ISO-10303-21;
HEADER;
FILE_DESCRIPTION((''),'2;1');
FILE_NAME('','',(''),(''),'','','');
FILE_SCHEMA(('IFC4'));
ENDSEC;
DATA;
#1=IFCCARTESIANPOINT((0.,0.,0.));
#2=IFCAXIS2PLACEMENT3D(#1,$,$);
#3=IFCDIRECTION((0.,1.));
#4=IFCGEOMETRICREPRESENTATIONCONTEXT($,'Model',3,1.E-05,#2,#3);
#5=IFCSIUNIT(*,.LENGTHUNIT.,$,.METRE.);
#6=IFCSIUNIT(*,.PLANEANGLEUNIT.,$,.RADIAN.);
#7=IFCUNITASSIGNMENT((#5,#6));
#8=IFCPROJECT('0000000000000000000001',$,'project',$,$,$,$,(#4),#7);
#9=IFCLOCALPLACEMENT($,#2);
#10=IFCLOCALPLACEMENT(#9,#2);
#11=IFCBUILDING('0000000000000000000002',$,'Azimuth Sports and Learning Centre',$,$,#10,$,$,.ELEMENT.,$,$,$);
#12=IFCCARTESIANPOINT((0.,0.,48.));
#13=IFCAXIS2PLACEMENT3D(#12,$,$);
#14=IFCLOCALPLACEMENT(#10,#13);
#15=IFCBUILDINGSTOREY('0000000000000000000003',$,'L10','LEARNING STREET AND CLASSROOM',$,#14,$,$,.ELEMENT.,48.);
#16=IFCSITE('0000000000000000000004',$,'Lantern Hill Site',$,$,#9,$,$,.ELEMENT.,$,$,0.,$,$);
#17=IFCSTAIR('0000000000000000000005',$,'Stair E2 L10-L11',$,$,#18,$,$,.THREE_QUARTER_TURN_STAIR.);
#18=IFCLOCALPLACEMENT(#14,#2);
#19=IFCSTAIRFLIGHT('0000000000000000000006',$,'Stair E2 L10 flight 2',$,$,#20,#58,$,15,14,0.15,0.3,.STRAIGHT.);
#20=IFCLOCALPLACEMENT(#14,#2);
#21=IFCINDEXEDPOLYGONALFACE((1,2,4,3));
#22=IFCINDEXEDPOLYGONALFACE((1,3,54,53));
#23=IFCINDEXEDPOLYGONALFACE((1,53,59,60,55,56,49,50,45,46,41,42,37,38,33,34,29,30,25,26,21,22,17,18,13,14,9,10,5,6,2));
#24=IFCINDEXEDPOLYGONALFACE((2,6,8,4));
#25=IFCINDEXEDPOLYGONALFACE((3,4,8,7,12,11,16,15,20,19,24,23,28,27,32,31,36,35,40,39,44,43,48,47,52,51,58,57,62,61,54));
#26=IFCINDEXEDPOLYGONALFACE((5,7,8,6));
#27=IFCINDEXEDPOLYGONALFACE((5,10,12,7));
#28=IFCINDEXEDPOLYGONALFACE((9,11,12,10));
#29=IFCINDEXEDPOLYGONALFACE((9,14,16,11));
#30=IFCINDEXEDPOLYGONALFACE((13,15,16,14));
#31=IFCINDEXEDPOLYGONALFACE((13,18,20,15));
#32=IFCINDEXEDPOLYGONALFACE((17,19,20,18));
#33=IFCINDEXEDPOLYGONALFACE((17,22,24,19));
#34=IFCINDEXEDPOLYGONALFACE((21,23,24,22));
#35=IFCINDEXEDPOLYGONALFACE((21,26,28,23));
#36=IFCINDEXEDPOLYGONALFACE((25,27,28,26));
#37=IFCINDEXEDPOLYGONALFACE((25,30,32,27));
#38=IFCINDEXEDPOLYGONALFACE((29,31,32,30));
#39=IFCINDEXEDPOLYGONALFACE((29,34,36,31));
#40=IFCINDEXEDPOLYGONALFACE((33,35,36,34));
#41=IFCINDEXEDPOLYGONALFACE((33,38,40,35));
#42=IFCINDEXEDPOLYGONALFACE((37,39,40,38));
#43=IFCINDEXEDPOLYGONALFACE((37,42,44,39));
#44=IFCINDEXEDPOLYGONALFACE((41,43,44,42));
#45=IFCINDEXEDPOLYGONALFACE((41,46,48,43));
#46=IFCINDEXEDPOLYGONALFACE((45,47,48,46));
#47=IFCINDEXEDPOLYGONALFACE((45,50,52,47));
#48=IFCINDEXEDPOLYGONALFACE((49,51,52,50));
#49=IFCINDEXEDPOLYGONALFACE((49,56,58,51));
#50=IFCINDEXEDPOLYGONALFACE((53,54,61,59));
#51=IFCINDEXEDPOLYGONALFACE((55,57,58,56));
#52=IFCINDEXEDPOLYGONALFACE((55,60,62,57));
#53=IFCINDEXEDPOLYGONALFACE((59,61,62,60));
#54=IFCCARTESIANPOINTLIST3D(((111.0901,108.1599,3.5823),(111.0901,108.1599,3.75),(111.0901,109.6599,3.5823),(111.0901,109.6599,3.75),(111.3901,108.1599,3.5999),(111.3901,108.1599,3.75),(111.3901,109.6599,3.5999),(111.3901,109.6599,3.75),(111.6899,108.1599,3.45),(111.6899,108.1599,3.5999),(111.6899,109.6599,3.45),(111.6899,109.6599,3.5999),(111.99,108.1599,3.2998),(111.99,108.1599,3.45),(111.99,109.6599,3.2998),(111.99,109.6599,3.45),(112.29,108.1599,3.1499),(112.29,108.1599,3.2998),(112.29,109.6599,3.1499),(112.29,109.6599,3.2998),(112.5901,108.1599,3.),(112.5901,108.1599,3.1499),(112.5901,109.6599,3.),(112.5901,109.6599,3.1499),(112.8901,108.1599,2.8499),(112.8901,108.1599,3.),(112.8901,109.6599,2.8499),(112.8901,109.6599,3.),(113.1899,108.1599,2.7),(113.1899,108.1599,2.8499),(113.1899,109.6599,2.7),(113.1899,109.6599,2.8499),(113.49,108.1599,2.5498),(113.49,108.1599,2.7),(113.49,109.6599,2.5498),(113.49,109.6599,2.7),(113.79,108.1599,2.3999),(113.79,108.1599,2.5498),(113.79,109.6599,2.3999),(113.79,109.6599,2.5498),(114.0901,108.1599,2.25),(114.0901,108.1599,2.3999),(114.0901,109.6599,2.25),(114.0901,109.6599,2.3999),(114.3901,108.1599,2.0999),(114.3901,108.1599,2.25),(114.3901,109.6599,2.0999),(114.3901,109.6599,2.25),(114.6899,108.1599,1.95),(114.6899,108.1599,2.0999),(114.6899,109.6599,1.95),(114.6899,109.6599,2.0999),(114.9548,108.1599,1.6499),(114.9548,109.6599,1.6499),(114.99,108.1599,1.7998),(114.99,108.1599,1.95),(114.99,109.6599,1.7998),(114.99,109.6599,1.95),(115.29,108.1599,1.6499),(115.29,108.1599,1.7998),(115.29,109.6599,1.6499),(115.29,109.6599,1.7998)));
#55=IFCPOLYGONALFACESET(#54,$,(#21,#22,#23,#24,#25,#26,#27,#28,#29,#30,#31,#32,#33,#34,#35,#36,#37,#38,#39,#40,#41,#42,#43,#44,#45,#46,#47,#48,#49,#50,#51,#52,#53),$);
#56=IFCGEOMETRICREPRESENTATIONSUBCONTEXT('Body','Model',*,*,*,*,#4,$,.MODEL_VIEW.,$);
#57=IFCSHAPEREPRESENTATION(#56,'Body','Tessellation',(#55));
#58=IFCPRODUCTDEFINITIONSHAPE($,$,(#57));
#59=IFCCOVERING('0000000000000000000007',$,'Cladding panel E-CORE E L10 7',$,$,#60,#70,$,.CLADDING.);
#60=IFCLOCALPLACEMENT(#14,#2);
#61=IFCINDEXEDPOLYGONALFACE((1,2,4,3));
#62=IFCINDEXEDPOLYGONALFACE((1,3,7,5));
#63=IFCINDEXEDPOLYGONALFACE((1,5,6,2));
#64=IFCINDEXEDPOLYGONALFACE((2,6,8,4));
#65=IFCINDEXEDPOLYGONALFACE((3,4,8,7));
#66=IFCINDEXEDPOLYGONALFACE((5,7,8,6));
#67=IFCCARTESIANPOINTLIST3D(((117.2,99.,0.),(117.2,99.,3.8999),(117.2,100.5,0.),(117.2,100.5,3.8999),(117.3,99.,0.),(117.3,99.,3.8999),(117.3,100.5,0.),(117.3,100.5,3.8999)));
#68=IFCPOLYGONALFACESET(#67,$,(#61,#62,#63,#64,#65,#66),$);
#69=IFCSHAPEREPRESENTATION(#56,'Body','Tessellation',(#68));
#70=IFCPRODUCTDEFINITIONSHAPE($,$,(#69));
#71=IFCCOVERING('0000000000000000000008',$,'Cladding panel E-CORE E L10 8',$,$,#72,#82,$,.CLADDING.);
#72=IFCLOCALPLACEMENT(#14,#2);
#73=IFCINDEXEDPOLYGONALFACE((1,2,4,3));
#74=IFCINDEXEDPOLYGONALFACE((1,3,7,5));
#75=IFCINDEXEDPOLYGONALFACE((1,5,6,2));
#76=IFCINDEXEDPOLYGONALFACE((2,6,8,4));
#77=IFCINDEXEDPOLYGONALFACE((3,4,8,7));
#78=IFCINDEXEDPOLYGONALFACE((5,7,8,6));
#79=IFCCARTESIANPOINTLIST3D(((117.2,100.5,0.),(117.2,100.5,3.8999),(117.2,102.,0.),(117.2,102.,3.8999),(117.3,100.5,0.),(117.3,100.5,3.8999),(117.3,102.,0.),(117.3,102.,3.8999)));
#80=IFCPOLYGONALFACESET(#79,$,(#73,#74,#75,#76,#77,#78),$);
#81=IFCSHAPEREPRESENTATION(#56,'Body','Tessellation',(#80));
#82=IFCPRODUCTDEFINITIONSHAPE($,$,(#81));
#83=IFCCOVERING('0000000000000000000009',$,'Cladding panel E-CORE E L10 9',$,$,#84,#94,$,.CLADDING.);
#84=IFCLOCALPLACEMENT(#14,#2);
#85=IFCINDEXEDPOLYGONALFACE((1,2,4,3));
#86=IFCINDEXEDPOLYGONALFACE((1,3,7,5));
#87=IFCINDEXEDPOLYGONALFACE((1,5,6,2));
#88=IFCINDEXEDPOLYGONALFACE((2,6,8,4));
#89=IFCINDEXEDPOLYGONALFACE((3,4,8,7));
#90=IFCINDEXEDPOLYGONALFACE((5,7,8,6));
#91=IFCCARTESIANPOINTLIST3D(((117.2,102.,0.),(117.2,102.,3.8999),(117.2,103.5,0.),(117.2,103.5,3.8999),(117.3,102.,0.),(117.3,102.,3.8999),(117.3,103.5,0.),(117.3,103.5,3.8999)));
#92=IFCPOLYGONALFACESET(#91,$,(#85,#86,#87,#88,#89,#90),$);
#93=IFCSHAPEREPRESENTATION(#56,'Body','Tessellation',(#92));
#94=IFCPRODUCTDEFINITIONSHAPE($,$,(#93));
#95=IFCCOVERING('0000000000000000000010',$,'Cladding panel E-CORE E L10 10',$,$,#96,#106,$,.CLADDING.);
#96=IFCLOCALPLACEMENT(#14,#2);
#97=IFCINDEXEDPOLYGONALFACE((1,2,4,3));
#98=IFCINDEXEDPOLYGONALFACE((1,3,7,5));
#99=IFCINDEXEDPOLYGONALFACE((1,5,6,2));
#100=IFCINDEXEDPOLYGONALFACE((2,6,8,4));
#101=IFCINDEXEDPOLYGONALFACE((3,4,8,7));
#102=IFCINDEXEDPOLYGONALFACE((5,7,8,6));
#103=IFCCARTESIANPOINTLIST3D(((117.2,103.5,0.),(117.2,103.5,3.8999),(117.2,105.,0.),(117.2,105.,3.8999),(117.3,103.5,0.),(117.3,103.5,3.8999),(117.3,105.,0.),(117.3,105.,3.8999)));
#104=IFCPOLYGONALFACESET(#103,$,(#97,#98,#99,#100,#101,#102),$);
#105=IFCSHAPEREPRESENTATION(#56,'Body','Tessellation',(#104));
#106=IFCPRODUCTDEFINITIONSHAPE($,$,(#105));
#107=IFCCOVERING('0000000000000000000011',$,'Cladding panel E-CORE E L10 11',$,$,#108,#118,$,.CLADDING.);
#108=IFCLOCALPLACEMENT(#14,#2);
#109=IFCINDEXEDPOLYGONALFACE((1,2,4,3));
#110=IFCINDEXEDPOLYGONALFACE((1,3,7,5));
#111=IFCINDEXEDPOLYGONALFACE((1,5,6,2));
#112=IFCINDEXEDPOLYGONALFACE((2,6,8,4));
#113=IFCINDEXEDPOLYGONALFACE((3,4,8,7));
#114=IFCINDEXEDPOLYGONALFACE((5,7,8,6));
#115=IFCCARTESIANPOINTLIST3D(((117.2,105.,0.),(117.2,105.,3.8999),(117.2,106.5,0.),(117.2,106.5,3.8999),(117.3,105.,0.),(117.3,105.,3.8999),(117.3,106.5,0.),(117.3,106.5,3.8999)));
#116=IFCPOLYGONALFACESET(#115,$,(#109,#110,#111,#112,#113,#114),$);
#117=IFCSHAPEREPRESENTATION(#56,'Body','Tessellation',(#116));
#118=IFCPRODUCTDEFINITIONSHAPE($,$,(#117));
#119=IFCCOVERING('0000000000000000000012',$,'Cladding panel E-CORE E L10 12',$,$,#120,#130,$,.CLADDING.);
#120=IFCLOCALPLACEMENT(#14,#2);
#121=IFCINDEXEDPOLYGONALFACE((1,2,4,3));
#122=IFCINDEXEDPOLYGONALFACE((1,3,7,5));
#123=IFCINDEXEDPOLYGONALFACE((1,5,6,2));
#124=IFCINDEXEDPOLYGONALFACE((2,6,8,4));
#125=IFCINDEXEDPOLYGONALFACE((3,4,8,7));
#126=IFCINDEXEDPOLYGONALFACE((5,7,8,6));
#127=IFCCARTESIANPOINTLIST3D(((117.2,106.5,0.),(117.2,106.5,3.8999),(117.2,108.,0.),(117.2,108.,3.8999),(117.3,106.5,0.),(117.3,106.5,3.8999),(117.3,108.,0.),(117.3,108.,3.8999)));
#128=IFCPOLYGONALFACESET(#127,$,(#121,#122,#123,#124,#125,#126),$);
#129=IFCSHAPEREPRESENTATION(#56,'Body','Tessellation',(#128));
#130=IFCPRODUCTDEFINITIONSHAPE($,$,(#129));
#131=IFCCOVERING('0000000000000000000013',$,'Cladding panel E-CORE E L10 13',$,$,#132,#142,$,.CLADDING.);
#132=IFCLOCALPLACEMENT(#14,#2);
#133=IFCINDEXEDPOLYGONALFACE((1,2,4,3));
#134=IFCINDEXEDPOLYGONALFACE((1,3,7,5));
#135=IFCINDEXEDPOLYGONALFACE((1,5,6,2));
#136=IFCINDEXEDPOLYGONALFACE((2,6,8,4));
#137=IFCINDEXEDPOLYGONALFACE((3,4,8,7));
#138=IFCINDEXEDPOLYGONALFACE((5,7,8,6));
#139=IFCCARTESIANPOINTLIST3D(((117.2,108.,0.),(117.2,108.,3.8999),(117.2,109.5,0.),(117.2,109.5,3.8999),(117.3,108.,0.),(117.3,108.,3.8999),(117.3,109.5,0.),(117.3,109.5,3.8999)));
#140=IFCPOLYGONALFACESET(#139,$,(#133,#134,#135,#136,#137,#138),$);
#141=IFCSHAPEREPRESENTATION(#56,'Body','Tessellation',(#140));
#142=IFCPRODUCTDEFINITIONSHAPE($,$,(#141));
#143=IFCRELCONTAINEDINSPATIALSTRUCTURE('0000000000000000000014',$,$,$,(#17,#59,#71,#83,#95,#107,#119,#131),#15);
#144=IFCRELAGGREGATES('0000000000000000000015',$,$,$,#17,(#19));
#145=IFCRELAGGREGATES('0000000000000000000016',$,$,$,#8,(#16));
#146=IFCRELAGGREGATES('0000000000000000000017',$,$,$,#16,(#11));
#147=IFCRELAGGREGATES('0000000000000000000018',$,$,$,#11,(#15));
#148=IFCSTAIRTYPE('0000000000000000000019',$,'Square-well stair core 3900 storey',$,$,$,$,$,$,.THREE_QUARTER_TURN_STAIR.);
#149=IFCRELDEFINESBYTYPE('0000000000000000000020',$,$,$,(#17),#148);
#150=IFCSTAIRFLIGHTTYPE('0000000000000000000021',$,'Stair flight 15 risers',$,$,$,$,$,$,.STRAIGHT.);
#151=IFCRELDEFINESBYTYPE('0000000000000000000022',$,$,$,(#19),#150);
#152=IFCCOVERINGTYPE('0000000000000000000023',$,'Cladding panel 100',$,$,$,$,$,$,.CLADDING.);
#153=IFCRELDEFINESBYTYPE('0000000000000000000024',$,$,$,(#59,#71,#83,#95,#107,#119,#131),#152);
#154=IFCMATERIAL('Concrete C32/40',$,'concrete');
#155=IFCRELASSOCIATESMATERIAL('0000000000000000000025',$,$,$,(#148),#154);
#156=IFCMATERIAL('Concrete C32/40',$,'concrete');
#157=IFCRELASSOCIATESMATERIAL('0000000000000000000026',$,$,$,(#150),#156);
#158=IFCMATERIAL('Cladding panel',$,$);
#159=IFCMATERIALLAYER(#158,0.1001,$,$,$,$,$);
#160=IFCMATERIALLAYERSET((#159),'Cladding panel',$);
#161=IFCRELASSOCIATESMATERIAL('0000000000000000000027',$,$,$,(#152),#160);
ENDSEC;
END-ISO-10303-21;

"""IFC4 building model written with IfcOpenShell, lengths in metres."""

from ifc_helpers import new_model, si_unit, direction, frame, origin, origin_2d, place, context, subcontext, project, spatial, polyline, rectangle, outline, extrude, material, layer, layer_set, type_object, element, aggregate, save


model = new_model("IFC4")

# Units and contexts
model_context = context("Model", 3, precision=1e-05, world=origin(), true_north=direction((0.0, 1.0)))
body_context = subcontext(model_context, "Body", "Model", "MODEL_VIEW")
ifc_project = project(units=[si_unit("LENGTHUNIT", "METRE"), si_unit("PLANEANGLEUNIT", "RADIAN")], contexts=[model_context])

# Site, building, storey
site_placement = place(None, origin())
site = spatial("IfcSite", under=ifc_project, at=site_placement, Name="Lantern Hill Site", CompositionType="ELEMENT", RefElevation=0.0)
building_placement = place(site_placement, origin())
building = spatial("IfcBuilding", under=site, at=building_placement, Name="Azimuth Sports and Learning Centre", CompositionType="ELEMENT")
storey_placement = place(building_placement, frame((0.0, 0.0, 48.0)))
storey = spatial("IfcBuildingStorey", under=building, at=storey_placement, Name="L10", Description="LEARNING STREET AND CLASSROOM", CompositionType="ELEMENT", Elevation=48.0)

# Stair, stair flight
ifc_material_1 = material(Name="Concrete C32/40", Category="concrete")
stair_type = type_object("IfcStairType", Name="Square-well stair core 3900 storey", PredefinedType="THREE_QUARTER_TURN_STAIR", material=ifc_material_1)
stair_placement = place(storey_placement, origin())
stair = element("IfcStair", 1, at=stair_placement, inside=storey, type_object=stair_type, Name="Stair E2 L10-L11", PredefinedType="THREE_QUARTER_TURN_STAIR")
ifc_material_2 = material(Name="Concrete C32/40", Category="concrete")
stair_flight_type = type_object("IfcStairFlightType", Name="Stair flight 15 risers", PredefinedType="STRAIGHT", material=ifc_material_2)
stair_flight_placement = place(storey_placement, frame((115.29, 108.9099, 1.6499), z_axis=(0.0, 0.0, 1.0), x_axis=(-1.0, 0.0, 0.0)))
stair_flight = element("IfcStairFlight", 2, at=stair_flight_placement, type_object=stair_flight_type, Name="Stair E2 L10 flight 2", NumberOfRisers=15, NumberOfTreads=14, PredefinedType="STRAIGHT", RiserHeight=0.15, TreadLength=0.3, context=body_context, shape_type="SweptSolid", body=[
    extrude(outline(polyline([(0.0, 0.0), (0.0, 0.1499), (0.3, 0.1499), (0.3, 0.3), (0.6001, 0.3), (0.6001, 0.45), (0.8999, 0.45), (0.8999, 0.6001), (1.2, 0.6001), (1.2, 0.75), (1.5, 0.75), (1.5, 0.8999), (1.8, 0.8999), (1.8, 1.05), (2.1001, 1.05), (2.1001, 1.2), (2.3999, 1.2), (2.3999, 1.3501), (2.7, 1.3501), (2.7, 1.5), (3.0, 1.5), (3.0, 1.6499), (3.3, 1.6499), (3.3, 1.8), (3.6001, 1.8), (3.6001, 1.95), (3.8999, 1.95), (3.8999, 2.1001), (4.2, 2.1001), (4.2, 2.25), (4.2, 1.9324), (0.3352, 0.0), (0.0, 0.0)])), frame((0.0, 0.75, 0.0), z_axis=(0.0, -1.0, 0.0), x_axis=(1.0, 0.0, 0.0)), (0.0, 0.0, 1.0), 1.5),
])
aggregate(stair, [stair_flight])

# Coverings
ifc_material_3 = material(Name="Cladding panel")
ifc_layer_1 = layer(ifc_material_3, 0.1001)
ifc_layer_set_1 = layer_set([ifc_layer_1], Name="Cladding panel")
covering_type = type_object("IfcCoveringType", Name="Cladding panel 100", PredefinedType="CLADDING", material=ifc_layer_set_1)
for number, where, z_axis, x_axis, name in (
    (3, (117.25, 99.75, 0.0), (0.0, 0.0, 1.0), (0.0, 1.0, 0.0), "Cladding panel E-CORE E L10 7"),
    (4, (117.25, 101.25, 0.0), (0.0, 0.0, 1.0), (0.0, 1.0, 0.0), "Cladding panel E-CORE E L10 8"),
    (5, (117.25, 102.75, 0.0), (0.0, 0.0, 1.0), (0.0, 1.0, 0.0), "Cladding panel E-CORE E L10 9"),
    (6, (117.25, 104.25, 0.0), (0.0, 0.0, 1.0), (0.0, 1.0, 0.0), "Cladding panel E-CORE E L10 10"),
    (7, (117.25, 105.75, 0.0), (0.0, 0.0, 1.0), (0.0, 1.0, 0.0), "Cladding panel E-CORE E L10 11"),
    (8, (117.25, 107.25, 0.0), (0.0, 0.0, 1.0), (0.0, 1.0, 0.0), "Cladding panel E-CORE E L10 12"),
    (9, (117.25, 108.75, 0.0), (0.0, 0.0, 1.0), (0.0, 1.0, 0.0), "Cladding panel E-CORE E L10 13"),
):
    element("IfcCovering", number, at=place(storey_placement, frame(where, z_axis=z_axis, x_axis=x_axis)), inside=storey, type_object=covering_type, Name=name, PredefinedType="CLADDING", context=body_context, shape_type="SweptSolid", body=[
        extrude(rectangle(XDim=1.5, YDim=0.1001, at=origin_2d()), origin(), (0.0, 0.0, 1.0), 3.8999),
    ])

save(model, "model.ifc")
